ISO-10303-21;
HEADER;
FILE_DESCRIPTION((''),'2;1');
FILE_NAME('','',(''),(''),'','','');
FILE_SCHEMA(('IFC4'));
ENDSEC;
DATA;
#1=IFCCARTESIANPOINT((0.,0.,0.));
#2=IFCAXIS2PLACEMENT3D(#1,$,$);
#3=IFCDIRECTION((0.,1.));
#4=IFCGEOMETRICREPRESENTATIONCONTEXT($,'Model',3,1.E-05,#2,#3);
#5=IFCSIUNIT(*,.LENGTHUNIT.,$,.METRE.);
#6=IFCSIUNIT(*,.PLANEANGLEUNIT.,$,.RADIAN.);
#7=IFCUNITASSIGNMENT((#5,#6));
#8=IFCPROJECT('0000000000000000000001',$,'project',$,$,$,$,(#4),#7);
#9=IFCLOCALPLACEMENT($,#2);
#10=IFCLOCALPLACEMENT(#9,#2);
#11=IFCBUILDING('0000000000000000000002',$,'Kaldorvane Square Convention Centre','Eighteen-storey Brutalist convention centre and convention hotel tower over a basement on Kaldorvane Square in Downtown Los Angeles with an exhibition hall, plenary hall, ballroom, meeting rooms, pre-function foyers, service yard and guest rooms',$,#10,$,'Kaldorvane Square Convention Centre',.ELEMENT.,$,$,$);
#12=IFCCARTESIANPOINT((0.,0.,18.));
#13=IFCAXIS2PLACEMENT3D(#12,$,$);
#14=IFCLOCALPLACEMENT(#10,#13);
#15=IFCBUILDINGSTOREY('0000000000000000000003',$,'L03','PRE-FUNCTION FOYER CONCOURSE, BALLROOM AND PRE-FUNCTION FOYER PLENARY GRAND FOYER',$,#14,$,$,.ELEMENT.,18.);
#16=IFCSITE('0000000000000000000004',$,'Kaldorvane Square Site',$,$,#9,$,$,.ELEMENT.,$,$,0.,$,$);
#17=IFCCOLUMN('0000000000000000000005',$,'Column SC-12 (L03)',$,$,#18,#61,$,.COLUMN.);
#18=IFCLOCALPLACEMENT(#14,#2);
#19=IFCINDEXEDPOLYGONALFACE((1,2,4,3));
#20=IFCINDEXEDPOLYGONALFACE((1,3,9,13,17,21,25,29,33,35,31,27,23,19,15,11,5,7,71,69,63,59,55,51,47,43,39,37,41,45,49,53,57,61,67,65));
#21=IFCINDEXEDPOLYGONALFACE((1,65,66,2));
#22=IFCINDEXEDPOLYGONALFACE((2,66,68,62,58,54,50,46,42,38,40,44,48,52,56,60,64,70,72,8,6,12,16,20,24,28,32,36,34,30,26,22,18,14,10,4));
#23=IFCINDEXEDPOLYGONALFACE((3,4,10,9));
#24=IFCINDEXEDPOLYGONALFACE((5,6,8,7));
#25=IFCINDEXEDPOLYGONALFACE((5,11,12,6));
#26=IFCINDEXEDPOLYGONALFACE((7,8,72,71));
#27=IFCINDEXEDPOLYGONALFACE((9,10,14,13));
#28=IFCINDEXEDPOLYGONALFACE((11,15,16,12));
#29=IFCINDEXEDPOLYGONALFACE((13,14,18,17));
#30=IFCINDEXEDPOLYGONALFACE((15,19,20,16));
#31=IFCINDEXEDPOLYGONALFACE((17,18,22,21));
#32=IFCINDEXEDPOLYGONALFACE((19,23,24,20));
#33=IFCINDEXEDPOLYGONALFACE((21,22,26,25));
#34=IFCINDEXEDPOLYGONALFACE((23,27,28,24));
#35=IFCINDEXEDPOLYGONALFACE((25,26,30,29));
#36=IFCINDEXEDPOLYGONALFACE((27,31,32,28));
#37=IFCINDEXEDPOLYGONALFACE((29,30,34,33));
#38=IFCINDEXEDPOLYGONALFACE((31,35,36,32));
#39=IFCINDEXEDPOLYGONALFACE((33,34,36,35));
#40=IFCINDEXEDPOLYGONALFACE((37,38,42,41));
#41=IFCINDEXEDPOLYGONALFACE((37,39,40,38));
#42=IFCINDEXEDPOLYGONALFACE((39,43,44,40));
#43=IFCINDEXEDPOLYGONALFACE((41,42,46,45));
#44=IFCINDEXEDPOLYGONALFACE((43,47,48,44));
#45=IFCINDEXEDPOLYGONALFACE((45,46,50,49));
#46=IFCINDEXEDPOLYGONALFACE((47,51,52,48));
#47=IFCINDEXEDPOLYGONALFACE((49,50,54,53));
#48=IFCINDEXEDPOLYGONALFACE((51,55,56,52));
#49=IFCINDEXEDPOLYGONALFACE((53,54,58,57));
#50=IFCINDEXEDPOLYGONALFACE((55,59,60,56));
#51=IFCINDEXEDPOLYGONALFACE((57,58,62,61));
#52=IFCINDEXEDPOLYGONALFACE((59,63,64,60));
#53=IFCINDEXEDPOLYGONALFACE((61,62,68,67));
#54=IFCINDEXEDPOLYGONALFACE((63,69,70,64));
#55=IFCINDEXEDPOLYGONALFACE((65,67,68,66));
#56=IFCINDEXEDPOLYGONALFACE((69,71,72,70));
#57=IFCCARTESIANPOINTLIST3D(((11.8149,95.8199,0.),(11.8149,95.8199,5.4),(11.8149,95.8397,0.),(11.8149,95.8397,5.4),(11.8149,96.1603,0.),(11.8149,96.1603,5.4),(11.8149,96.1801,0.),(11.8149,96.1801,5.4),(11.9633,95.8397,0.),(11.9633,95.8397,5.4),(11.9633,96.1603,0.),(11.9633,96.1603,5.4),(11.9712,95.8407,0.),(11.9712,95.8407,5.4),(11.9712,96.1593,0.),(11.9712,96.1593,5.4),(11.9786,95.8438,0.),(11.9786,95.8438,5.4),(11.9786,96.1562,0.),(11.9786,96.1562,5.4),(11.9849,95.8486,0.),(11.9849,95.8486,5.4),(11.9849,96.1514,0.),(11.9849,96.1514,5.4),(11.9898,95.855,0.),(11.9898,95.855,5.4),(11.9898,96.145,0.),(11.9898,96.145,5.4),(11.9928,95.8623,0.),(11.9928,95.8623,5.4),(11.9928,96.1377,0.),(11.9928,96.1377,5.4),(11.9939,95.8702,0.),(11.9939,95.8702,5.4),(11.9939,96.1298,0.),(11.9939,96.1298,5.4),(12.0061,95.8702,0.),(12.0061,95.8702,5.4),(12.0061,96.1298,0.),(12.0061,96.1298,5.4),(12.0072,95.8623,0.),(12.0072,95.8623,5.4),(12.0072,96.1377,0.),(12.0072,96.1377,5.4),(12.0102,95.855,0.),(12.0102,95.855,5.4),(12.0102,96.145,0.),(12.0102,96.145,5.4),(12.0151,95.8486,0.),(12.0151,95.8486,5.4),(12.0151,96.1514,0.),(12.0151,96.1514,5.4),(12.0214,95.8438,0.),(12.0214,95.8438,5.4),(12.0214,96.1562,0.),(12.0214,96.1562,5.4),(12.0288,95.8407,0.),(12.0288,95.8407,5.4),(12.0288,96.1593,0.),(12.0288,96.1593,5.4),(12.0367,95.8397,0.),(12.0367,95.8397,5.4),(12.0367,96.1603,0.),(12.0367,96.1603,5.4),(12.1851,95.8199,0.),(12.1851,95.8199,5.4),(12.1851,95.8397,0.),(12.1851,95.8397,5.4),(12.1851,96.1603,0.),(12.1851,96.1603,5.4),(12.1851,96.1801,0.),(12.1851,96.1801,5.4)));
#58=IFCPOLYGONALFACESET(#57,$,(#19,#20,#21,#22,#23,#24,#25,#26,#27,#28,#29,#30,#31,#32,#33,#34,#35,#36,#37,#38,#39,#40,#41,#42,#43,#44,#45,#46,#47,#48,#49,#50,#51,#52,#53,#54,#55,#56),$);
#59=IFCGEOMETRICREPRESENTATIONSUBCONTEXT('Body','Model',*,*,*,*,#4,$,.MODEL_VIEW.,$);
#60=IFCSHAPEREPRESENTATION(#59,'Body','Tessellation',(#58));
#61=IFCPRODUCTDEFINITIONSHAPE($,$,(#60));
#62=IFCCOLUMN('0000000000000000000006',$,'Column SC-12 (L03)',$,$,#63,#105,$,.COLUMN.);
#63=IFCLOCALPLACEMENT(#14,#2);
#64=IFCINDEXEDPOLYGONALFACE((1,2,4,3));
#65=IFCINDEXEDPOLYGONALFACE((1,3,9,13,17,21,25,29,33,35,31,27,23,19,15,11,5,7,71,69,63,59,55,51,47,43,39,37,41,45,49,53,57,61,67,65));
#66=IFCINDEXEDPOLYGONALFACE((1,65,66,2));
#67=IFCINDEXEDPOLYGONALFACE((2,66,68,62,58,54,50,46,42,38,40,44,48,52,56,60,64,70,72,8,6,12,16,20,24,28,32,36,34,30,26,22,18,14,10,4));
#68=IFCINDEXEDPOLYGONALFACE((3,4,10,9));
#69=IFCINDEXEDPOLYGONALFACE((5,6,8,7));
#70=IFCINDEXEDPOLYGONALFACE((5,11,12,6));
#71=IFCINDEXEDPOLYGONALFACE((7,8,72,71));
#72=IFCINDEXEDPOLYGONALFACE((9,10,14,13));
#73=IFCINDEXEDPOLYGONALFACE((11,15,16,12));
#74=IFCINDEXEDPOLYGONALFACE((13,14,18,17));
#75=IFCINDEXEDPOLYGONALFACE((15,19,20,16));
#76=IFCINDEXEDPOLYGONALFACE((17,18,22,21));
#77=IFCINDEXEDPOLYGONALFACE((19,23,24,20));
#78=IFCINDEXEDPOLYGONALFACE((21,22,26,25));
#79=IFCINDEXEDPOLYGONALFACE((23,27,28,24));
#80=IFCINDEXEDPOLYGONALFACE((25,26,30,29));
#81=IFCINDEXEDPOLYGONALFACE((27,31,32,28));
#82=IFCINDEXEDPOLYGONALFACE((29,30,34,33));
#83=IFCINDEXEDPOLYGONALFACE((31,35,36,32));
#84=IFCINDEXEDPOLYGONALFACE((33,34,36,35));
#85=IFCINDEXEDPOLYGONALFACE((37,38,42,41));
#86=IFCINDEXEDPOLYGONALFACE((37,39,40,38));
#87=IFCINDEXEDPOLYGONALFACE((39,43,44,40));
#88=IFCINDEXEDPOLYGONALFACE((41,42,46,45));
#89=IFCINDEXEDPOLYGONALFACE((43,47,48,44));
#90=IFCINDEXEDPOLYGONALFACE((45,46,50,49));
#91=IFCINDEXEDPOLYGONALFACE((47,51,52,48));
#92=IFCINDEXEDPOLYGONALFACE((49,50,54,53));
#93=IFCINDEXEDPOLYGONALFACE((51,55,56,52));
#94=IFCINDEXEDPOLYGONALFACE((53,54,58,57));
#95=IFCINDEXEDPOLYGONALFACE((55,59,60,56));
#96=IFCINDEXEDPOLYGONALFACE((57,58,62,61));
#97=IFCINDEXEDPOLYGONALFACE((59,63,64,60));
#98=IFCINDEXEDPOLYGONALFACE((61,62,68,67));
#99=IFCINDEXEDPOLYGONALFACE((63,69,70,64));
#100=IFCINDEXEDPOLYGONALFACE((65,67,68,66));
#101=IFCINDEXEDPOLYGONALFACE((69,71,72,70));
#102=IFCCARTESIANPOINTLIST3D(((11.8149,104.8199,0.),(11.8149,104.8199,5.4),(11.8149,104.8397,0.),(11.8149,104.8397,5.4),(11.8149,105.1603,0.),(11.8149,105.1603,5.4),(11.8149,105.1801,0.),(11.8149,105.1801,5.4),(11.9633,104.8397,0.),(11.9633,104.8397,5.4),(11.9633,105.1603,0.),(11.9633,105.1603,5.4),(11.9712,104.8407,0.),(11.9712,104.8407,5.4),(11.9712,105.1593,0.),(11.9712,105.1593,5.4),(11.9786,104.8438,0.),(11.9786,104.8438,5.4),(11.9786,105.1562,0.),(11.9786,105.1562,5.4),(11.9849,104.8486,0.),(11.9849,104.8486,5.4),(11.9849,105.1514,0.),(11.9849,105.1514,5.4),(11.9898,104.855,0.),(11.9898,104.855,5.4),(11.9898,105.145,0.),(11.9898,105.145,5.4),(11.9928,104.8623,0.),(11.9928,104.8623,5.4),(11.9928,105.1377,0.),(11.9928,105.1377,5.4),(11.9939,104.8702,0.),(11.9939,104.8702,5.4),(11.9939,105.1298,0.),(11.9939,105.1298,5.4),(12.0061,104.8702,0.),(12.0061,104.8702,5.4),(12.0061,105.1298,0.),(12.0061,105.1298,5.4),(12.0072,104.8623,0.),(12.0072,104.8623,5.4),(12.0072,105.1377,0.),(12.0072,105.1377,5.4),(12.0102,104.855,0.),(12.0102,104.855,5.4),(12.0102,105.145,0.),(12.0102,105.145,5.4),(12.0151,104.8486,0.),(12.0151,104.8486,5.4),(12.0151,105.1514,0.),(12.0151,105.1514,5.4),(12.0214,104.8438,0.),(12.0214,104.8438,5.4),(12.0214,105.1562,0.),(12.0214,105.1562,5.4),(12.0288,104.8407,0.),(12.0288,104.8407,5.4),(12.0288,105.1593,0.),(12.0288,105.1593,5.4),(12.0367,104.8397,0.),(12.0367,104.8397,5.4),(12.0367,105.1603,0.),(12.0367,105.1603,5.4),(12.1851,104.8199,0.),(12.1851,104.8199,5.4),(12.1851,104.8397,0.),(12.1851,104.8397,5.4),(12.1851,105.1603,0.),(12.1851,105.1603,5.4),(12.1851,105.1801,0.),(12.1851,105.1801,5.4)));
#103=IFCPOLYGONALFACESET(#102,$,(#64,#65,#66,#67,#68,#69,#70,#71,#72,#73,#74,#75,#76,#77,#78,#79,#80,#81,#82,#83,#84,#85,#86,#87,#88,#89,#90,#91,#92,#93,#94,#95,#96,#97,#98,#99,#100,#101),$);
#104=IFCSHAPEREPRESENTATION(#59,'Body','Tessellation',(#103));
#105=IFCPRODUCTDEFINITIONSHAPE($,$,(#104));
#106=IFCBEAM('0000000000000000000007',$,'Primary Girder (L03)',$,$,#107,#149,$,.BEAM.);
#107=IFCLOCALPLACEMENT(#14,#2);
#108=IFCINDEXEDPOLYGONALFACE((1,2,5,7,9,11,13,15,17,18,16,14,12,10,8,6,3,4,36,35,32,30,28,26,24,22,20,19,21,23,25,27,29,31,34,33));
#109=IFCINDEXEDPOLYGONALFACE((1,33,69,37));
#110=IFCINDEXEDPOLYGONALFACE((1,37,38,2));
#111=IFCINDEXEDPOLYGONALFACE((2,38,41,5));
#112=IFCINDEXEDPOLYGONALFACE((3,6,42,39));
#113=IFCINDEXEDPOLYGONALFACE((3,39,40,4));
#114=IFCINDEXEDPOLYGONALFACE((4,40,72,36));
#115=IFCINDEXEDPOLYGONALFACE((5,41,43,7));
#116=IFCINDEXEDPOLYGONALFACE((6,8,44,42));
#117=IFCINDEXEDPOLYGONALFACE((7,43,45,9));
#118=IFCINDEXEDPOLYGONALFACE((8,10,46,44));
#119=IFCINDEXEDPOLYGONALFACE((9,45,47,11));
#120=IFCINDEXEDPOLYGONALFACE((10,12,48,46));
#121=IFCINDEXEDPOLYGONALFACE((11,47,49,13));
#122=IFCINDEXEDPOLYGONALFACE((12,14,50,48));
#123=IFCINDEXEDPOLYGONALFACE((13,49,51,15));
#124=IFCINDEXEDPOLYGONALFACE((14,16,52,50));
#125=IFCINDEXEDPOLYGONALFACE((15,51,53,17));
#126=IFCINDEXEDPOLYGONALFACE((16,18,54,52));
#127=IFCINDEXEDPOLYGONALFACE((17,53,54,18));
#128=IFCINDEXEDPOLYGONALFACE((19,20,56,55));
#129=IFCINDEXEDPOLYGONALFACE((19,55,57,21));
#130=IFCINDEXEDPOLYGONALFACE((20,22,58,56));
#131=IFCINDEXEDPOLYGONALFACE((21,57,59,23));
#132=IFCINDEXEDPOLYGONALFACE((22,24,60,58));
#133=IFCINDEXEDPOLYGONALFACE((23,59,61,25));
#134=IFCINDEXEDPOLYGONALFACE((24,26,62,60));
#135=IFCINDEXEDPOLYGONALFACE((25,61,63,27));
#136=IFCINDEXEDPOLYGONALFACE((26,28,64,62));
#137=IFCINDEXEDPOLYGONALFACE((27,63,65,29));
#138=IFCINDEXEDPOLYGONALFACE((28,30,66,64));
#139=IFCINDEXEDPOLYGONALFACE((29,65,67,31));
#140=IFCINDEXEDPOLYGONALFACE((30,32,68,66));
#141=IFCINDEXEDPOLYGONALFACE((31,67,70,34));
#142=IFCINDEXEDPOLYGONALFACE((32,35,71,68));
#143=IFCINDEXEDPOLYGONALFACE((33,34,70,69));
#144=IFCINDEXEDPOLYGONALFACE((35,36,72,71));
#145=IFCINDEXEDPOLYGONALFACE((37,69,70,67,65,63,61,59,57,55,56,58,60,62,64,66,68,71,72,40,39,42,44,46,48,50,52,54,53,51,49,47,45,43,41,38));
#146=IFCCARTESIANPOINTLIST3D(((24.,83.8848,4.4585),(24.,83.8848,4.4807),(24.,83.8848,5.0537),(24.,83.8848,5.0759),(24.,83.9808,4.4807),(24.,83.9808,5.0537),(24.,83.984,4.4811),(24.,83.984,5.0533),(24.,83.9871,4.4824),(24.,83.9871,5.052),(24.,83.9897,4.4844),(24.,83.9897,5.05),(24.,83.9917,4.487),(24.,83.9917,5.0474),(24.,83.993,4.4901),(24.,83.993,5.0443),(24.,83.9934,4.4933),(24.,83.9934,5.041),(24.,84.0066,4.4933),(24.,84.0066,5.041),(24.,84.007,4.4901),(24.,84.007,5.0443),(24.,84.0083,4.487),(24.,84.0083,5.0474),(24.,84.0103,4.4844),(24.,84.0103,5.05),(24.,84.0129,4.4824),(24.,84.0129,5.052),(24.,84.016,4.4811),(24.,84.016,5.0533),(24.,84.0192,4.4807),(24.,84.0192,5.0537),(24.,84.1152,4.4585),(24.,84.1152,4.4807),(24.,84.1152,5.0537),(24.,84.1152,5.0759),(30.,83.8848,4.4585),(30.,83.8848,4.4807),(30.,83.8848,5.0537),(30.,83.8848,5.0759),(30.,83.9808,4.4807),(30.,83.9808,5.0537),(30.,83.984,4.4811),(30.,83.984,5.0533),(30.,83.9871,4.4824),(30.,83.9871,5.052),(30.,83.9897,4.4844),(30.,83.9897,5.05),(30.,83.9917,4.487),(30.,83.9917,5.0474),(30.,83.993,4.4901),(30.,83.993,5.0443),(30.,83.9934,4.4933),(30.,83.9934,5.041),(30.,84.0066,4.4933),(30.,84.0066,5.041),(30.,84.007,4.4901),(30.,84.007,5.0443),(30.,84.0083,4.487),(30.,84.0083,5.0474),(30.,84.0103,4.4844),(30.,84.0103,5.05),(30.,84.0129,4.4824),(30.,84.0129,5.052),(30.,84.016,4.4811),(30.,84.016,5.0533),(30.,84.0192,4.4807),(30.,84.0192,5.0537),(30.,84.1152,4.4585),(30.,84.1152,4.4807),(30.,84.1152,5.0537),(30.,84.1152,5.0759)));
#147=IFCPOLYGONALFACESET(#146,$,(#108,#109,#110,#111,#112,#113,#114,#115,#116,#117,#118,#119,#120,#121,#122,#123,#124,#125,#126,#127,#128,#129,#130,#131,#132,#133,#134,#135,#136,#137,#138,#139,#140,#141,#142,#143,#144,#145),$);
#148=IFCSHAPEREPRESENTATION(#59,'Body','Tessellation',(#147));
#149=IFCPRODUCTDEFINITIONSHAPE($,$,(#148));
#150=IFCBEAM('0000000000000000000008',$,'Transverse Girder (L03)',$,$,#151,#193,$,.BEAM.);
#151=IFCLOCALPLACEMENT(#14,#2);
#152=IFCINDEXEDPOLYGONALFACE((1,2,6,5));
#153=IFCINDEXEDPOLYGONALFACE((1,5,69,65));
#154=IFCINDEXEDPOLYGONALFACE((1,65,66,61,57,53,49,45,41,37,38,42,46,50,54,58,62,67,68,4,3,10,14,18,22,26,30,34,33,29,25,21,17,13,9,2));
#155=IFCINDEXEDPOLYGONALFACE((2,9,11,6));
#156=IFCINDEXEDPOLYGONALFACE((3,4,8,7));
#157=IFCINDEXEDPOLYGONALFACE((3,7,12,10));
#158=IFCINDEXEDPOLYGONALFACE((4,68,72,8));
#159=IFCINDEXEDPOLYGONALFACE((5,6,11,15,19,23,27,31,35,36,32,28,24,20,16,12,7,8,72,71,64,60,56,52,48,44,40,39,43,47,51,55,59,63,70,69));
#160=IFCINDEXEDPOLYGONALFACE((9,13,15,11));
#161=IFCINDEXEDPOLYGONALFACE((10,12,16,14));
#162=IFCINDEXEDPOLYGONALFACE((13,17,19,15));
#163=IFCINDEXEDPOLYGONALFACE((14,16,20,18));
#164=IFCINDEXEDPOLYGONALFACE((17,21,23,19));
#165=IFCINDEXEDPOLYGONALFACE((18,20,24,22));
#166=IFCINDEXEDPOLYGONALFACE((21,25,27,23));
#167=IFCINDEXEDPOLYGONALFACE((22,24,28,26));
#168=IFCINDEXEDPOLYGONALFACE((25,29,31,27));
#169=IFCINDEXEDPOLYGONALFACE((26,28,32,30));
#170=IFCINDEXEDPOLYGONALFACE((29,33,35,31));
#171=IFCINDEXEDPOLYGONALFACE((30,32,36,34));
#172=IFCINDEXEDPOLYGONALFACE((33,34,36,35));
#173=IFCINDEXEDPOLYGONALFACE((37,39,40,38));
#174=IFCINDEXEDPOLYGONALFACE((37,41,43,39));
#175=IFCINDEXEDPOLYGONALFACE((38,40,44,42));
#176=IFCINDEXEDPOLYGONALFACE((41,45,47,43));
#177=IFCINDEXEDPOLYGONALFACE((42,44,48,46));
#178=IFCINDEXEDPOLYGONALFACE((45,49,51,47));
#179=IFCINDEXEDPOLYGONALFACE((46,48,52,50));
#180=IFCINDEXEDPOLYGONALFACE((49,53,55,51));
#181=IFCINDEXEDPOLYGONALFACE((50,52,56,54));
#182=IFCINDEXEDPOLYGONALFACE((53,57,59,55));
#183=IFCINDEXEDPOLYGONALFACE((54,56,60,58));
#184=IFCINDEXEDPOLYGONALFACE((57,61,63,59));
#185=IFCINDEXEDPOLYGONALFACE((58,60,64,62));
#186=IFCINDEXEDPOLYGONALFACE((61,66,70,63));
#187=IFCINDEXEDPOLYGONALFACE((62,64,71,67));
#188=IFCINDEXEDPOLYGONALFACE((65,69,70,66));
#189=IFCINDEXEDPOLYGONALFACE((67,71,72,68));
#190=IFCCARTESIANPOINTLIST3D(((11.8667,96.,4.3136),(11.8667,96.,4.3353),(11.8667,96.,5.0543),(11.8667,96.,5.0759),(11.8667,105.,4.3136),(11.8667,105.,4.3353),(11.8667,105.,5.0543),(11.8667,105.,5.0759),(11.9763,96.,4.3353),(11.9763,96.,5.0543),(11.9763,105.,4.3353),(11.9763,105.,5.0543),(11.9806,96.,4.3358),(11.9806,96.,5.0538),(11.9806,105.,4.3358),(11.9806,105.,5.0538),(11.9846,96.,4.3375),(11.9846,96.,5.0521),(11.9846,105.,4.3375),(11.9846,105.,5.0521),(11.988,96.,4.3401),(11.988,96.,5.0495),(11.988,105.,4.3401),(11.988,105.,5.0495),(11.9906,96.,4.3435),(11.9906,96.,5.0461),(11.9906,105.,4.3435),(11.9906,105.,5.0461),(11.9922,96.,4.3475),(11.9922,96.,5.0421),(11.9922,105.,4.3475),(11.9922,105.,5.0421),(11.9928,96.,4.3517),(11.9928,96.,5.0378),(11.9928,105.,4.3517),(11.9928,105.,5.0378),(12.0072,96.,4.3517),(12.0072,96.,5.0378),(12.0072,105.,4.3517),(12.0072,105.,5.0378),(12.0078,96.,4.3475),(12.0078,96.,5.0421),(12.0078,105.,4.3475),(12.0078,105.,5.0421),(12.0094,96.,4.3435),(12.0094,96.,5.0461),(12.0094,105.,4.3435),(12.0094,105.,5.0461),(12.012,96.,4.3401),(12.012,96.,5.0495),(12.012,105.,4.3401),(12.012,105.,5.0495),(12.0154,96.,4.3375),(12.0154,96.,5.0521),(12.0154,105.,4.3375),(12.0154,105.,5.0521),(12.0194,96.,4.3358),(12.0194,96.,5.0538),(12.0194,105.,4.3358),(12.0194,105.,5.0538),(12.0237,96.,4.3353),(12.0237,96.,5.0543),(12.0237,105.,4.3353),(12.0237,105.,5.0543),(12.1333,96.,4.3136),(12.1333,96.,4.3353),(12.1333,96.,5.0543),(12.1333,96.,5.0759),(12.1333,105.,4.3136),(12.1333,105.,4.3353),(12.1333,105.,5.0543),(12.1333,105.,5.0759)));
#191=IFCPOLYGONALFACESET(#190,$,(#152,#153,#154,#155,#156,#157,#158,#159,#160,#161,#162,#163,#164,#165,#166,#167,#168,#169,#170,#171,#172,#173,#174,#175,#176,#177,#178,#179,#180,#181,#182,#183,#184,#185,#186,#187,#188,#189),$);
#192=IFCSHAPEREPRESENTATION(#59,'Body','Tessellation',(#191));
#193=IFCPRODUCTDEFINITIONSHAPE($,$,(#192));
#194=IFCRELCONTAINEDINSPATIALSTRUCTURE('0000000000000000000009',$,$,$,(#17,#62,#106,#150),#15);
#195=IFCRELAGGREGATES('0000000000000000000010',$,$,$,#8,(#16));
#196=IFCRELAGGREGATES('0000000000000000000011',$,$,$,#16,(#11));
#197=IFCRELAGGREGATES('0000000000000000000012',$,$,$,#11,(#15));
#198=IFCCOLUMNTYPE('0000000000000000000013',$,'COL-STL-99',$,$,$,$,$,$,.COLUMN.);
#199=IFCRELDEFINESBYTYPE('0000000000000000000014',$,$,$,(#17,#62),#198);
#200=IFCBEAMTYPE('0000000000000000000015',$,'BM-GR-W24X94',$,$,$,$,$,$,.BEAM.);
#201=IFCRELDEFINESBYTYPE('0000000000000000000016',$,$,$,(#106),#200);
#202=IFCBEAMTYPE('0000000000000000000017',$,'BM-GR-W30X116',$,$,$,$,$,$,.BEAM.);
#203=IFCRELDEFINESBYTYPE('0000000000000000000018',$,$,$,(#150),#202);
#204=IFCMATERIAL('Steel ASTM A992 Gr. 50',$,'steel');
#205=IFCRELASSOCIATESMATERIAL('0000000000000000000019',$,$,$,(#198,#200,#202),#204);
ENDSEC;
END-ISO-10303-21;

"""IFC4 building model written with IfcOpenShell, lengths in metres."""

from ifc_helpers import new_model, si_unit, direction, frame, origin, origin_2d, place, context, subcontext, project, spatial, i_section, extrude, material, material_profile, profile_set, type_object, element, save


model = new_model("IFC4")

# Units and contexts
model_context = context("Model", 3, precision=1e-05, world=origin(), true_north=direction((0.0, 1.0)))
body_context = subcontext(model_context, "Body", "Model", "MODEL_VIEW")
ifc_project = project(units=[si_unit("LENGTHUNIT", "METRE"), si_unit("PLANEANGLEUNIT", "RADIAN")], contexts=[model_context])

# Site, building, storey
site_placement = place(None, origin())
site = spatial("IfcSite", under=ifc_project, at=site_placement, Name="Kaldorvane Square Site", CompositionType="ELEMENT", RefElevation=0.0)
building_placement = place(site_placement, origin())
building = spatial("IfcBuilding", under=site, at=building_placement, Name="Kaldorvane Square Convention Centre", Description="Eighteen-storey Brutalist convention centre and convention hotel tower over a basement on Kaldorvane Square in Downtown Los Angeles with an exhibition hall, plenary hall, ballroom, meeting rooms, pre-function foyers, service yard and guest rooms", LongName="Kaldorvane Square Convention Centre", CompositionType="ELEMENT")
storey_placement = place(building_placement, frame((0.0, 0.0, 18.0)))
storey = spatial("IfcBuildingStorey", under=building, at=storey_placement, Name="L03", Description="PRE-FUNCTION FOYER CONCOURSE, BALLROOM AND PRE-FUNCTION FOYER PLENARY GRAND FOYER", CompositionType="ELEMENT", Elevation=18.0)

# Columns
ifc_material_1 = material(Name="Steel ASTM A992 Gr. 50", Category="steel")
ifc_material_profile_1 = material_profile(ifc_material_1, i_section(OverallWidth=0.3701, OverallDepth=0.3602, WebThickness=0.0123, FlangeThickness=0.0198, FilletRadius=0.0305, at=origin_2d()), Name="W14X99")
ifc_profile_set_1 = profile_set([ifc_material_profile_1], Name="Steel ASTM A992 Gr. 50")
column_type_1 = type_object("IfcColumnType", Name="COL-STL-99", PredefinedType="COLUMN", material=ifc_profile_set_1)
for number, where, z_axis, x_axis, name in (
    (1, (12.0, 96.0, 0.0), (0.0, 0.0, 1.0), (1.0, 0.0, 0.0), "Column SC-12 (L03)"),
    (2, (12.0, 105.0, 0.0), (0.0, 0.0, 1.0), (1.0, 0.0, 0.0), "Column SC-12 (L03)"),
):
    element("IfcColumn", number, at=place(storey_placement, frame(where, z_axis=z_axis, x_axis=x_axis)), inside=storey, type_object=column_type_1, Name=name, PredefinedType="COLUMN", context=body_context, shape_type="SweptSolid", body=[
        extrude(i_section(OverallWidth=0.3701, OverallDepth=0.3602, WebThickness=0.0123, FlangeThickness=0.0198, FilletRadius=0.0305, at=origin_2d()), origin(), (0.0, 0.0, 1.0), 5.4),
    ])

# Beams
ifc_material_profile_2 = material_profile(ifc_material_1, i_section(OverallWidth=0.2303, OverallDepth=0.6175, WebThickness=0.0131, FlangeThickness=0.0222, FilletRadius=0.0127, at=origin_2d()), Name="W24X94")
ifc_profile_set_2 = profile_set([ifc_material_profile_2], Name="Steel ASTM A992 Gr. 50")
beam_type_1 = type_object("IfcBeamType", Name="BM-GR-W24X94", PredefinedType="BEAM", material=ifc_profile_set_2)
beam_1_placement = place(storey_placement, frame((24.0, 84.0, 4.7672), z_axis=(1.0, 0.0, 0.0), x_axis=(0.0, 1.0, 0.0)))
element("IfcBeam", 3, at=beam_1_placement, inside=storey, type_object=beam_type_1, Name="Primary Girder (L03)", PredefinedType="BEAM", context=body_context, shape_type="SweptSolid", body=[
    extrude(i_section(OverallWidth=0.2303, OverallDepth=0.6175, WebThickness=0.0131, FlangeThickness=0.0222, FilletRadius=0.0127, at=origin_2d()), origin(), (0.0, 0.0, 1.0), 6.0),
])
ifc_material_profile_3 = material_profile(ifc_material_1, i_section(OverallWidth=0.2666, OverallDepth=0.7623, WebThickness=0.0144, FlangeThickness=0.0216, FilletRadius=0.0165, at=origin_2d()), Name="W30X116")
ifc_profile_set_3 = profile_set([ifc_material_profile_3], Name="Steel ASTM A992 Gr. 50")
beam_type_2 = type_object("IfcBeamType", Name="BM-GR-W30X116", PredefinedType="BEAM", material=ifc_profile_set_3)
beam_2_placement = place(storey_placement, frame((12.0, 96.0, 4.6948), z_axis=(0.0, 1.0, 0.0), x_axis=(-1.0, 0.0, 0.0)))
element("IfcBeam", 4, at=beam_2_placement, inside=storey, type_object=beam_type_2, Name="Transverse Girder (L03)", PredefinedType="BEAM", context=body_context, shape_type="SweptSolid", body=[
    extrude(i_section(OverallWidth=0.2666, OverallDepth=0.7623, WebThickness=0.0144, FlangeThickness=0.0216, FilletRadius=0.0165, at=origin_2d()), origin(), (0.0, 0.0, 1.0), 9.0),
])

save(model, "model.ifc")
